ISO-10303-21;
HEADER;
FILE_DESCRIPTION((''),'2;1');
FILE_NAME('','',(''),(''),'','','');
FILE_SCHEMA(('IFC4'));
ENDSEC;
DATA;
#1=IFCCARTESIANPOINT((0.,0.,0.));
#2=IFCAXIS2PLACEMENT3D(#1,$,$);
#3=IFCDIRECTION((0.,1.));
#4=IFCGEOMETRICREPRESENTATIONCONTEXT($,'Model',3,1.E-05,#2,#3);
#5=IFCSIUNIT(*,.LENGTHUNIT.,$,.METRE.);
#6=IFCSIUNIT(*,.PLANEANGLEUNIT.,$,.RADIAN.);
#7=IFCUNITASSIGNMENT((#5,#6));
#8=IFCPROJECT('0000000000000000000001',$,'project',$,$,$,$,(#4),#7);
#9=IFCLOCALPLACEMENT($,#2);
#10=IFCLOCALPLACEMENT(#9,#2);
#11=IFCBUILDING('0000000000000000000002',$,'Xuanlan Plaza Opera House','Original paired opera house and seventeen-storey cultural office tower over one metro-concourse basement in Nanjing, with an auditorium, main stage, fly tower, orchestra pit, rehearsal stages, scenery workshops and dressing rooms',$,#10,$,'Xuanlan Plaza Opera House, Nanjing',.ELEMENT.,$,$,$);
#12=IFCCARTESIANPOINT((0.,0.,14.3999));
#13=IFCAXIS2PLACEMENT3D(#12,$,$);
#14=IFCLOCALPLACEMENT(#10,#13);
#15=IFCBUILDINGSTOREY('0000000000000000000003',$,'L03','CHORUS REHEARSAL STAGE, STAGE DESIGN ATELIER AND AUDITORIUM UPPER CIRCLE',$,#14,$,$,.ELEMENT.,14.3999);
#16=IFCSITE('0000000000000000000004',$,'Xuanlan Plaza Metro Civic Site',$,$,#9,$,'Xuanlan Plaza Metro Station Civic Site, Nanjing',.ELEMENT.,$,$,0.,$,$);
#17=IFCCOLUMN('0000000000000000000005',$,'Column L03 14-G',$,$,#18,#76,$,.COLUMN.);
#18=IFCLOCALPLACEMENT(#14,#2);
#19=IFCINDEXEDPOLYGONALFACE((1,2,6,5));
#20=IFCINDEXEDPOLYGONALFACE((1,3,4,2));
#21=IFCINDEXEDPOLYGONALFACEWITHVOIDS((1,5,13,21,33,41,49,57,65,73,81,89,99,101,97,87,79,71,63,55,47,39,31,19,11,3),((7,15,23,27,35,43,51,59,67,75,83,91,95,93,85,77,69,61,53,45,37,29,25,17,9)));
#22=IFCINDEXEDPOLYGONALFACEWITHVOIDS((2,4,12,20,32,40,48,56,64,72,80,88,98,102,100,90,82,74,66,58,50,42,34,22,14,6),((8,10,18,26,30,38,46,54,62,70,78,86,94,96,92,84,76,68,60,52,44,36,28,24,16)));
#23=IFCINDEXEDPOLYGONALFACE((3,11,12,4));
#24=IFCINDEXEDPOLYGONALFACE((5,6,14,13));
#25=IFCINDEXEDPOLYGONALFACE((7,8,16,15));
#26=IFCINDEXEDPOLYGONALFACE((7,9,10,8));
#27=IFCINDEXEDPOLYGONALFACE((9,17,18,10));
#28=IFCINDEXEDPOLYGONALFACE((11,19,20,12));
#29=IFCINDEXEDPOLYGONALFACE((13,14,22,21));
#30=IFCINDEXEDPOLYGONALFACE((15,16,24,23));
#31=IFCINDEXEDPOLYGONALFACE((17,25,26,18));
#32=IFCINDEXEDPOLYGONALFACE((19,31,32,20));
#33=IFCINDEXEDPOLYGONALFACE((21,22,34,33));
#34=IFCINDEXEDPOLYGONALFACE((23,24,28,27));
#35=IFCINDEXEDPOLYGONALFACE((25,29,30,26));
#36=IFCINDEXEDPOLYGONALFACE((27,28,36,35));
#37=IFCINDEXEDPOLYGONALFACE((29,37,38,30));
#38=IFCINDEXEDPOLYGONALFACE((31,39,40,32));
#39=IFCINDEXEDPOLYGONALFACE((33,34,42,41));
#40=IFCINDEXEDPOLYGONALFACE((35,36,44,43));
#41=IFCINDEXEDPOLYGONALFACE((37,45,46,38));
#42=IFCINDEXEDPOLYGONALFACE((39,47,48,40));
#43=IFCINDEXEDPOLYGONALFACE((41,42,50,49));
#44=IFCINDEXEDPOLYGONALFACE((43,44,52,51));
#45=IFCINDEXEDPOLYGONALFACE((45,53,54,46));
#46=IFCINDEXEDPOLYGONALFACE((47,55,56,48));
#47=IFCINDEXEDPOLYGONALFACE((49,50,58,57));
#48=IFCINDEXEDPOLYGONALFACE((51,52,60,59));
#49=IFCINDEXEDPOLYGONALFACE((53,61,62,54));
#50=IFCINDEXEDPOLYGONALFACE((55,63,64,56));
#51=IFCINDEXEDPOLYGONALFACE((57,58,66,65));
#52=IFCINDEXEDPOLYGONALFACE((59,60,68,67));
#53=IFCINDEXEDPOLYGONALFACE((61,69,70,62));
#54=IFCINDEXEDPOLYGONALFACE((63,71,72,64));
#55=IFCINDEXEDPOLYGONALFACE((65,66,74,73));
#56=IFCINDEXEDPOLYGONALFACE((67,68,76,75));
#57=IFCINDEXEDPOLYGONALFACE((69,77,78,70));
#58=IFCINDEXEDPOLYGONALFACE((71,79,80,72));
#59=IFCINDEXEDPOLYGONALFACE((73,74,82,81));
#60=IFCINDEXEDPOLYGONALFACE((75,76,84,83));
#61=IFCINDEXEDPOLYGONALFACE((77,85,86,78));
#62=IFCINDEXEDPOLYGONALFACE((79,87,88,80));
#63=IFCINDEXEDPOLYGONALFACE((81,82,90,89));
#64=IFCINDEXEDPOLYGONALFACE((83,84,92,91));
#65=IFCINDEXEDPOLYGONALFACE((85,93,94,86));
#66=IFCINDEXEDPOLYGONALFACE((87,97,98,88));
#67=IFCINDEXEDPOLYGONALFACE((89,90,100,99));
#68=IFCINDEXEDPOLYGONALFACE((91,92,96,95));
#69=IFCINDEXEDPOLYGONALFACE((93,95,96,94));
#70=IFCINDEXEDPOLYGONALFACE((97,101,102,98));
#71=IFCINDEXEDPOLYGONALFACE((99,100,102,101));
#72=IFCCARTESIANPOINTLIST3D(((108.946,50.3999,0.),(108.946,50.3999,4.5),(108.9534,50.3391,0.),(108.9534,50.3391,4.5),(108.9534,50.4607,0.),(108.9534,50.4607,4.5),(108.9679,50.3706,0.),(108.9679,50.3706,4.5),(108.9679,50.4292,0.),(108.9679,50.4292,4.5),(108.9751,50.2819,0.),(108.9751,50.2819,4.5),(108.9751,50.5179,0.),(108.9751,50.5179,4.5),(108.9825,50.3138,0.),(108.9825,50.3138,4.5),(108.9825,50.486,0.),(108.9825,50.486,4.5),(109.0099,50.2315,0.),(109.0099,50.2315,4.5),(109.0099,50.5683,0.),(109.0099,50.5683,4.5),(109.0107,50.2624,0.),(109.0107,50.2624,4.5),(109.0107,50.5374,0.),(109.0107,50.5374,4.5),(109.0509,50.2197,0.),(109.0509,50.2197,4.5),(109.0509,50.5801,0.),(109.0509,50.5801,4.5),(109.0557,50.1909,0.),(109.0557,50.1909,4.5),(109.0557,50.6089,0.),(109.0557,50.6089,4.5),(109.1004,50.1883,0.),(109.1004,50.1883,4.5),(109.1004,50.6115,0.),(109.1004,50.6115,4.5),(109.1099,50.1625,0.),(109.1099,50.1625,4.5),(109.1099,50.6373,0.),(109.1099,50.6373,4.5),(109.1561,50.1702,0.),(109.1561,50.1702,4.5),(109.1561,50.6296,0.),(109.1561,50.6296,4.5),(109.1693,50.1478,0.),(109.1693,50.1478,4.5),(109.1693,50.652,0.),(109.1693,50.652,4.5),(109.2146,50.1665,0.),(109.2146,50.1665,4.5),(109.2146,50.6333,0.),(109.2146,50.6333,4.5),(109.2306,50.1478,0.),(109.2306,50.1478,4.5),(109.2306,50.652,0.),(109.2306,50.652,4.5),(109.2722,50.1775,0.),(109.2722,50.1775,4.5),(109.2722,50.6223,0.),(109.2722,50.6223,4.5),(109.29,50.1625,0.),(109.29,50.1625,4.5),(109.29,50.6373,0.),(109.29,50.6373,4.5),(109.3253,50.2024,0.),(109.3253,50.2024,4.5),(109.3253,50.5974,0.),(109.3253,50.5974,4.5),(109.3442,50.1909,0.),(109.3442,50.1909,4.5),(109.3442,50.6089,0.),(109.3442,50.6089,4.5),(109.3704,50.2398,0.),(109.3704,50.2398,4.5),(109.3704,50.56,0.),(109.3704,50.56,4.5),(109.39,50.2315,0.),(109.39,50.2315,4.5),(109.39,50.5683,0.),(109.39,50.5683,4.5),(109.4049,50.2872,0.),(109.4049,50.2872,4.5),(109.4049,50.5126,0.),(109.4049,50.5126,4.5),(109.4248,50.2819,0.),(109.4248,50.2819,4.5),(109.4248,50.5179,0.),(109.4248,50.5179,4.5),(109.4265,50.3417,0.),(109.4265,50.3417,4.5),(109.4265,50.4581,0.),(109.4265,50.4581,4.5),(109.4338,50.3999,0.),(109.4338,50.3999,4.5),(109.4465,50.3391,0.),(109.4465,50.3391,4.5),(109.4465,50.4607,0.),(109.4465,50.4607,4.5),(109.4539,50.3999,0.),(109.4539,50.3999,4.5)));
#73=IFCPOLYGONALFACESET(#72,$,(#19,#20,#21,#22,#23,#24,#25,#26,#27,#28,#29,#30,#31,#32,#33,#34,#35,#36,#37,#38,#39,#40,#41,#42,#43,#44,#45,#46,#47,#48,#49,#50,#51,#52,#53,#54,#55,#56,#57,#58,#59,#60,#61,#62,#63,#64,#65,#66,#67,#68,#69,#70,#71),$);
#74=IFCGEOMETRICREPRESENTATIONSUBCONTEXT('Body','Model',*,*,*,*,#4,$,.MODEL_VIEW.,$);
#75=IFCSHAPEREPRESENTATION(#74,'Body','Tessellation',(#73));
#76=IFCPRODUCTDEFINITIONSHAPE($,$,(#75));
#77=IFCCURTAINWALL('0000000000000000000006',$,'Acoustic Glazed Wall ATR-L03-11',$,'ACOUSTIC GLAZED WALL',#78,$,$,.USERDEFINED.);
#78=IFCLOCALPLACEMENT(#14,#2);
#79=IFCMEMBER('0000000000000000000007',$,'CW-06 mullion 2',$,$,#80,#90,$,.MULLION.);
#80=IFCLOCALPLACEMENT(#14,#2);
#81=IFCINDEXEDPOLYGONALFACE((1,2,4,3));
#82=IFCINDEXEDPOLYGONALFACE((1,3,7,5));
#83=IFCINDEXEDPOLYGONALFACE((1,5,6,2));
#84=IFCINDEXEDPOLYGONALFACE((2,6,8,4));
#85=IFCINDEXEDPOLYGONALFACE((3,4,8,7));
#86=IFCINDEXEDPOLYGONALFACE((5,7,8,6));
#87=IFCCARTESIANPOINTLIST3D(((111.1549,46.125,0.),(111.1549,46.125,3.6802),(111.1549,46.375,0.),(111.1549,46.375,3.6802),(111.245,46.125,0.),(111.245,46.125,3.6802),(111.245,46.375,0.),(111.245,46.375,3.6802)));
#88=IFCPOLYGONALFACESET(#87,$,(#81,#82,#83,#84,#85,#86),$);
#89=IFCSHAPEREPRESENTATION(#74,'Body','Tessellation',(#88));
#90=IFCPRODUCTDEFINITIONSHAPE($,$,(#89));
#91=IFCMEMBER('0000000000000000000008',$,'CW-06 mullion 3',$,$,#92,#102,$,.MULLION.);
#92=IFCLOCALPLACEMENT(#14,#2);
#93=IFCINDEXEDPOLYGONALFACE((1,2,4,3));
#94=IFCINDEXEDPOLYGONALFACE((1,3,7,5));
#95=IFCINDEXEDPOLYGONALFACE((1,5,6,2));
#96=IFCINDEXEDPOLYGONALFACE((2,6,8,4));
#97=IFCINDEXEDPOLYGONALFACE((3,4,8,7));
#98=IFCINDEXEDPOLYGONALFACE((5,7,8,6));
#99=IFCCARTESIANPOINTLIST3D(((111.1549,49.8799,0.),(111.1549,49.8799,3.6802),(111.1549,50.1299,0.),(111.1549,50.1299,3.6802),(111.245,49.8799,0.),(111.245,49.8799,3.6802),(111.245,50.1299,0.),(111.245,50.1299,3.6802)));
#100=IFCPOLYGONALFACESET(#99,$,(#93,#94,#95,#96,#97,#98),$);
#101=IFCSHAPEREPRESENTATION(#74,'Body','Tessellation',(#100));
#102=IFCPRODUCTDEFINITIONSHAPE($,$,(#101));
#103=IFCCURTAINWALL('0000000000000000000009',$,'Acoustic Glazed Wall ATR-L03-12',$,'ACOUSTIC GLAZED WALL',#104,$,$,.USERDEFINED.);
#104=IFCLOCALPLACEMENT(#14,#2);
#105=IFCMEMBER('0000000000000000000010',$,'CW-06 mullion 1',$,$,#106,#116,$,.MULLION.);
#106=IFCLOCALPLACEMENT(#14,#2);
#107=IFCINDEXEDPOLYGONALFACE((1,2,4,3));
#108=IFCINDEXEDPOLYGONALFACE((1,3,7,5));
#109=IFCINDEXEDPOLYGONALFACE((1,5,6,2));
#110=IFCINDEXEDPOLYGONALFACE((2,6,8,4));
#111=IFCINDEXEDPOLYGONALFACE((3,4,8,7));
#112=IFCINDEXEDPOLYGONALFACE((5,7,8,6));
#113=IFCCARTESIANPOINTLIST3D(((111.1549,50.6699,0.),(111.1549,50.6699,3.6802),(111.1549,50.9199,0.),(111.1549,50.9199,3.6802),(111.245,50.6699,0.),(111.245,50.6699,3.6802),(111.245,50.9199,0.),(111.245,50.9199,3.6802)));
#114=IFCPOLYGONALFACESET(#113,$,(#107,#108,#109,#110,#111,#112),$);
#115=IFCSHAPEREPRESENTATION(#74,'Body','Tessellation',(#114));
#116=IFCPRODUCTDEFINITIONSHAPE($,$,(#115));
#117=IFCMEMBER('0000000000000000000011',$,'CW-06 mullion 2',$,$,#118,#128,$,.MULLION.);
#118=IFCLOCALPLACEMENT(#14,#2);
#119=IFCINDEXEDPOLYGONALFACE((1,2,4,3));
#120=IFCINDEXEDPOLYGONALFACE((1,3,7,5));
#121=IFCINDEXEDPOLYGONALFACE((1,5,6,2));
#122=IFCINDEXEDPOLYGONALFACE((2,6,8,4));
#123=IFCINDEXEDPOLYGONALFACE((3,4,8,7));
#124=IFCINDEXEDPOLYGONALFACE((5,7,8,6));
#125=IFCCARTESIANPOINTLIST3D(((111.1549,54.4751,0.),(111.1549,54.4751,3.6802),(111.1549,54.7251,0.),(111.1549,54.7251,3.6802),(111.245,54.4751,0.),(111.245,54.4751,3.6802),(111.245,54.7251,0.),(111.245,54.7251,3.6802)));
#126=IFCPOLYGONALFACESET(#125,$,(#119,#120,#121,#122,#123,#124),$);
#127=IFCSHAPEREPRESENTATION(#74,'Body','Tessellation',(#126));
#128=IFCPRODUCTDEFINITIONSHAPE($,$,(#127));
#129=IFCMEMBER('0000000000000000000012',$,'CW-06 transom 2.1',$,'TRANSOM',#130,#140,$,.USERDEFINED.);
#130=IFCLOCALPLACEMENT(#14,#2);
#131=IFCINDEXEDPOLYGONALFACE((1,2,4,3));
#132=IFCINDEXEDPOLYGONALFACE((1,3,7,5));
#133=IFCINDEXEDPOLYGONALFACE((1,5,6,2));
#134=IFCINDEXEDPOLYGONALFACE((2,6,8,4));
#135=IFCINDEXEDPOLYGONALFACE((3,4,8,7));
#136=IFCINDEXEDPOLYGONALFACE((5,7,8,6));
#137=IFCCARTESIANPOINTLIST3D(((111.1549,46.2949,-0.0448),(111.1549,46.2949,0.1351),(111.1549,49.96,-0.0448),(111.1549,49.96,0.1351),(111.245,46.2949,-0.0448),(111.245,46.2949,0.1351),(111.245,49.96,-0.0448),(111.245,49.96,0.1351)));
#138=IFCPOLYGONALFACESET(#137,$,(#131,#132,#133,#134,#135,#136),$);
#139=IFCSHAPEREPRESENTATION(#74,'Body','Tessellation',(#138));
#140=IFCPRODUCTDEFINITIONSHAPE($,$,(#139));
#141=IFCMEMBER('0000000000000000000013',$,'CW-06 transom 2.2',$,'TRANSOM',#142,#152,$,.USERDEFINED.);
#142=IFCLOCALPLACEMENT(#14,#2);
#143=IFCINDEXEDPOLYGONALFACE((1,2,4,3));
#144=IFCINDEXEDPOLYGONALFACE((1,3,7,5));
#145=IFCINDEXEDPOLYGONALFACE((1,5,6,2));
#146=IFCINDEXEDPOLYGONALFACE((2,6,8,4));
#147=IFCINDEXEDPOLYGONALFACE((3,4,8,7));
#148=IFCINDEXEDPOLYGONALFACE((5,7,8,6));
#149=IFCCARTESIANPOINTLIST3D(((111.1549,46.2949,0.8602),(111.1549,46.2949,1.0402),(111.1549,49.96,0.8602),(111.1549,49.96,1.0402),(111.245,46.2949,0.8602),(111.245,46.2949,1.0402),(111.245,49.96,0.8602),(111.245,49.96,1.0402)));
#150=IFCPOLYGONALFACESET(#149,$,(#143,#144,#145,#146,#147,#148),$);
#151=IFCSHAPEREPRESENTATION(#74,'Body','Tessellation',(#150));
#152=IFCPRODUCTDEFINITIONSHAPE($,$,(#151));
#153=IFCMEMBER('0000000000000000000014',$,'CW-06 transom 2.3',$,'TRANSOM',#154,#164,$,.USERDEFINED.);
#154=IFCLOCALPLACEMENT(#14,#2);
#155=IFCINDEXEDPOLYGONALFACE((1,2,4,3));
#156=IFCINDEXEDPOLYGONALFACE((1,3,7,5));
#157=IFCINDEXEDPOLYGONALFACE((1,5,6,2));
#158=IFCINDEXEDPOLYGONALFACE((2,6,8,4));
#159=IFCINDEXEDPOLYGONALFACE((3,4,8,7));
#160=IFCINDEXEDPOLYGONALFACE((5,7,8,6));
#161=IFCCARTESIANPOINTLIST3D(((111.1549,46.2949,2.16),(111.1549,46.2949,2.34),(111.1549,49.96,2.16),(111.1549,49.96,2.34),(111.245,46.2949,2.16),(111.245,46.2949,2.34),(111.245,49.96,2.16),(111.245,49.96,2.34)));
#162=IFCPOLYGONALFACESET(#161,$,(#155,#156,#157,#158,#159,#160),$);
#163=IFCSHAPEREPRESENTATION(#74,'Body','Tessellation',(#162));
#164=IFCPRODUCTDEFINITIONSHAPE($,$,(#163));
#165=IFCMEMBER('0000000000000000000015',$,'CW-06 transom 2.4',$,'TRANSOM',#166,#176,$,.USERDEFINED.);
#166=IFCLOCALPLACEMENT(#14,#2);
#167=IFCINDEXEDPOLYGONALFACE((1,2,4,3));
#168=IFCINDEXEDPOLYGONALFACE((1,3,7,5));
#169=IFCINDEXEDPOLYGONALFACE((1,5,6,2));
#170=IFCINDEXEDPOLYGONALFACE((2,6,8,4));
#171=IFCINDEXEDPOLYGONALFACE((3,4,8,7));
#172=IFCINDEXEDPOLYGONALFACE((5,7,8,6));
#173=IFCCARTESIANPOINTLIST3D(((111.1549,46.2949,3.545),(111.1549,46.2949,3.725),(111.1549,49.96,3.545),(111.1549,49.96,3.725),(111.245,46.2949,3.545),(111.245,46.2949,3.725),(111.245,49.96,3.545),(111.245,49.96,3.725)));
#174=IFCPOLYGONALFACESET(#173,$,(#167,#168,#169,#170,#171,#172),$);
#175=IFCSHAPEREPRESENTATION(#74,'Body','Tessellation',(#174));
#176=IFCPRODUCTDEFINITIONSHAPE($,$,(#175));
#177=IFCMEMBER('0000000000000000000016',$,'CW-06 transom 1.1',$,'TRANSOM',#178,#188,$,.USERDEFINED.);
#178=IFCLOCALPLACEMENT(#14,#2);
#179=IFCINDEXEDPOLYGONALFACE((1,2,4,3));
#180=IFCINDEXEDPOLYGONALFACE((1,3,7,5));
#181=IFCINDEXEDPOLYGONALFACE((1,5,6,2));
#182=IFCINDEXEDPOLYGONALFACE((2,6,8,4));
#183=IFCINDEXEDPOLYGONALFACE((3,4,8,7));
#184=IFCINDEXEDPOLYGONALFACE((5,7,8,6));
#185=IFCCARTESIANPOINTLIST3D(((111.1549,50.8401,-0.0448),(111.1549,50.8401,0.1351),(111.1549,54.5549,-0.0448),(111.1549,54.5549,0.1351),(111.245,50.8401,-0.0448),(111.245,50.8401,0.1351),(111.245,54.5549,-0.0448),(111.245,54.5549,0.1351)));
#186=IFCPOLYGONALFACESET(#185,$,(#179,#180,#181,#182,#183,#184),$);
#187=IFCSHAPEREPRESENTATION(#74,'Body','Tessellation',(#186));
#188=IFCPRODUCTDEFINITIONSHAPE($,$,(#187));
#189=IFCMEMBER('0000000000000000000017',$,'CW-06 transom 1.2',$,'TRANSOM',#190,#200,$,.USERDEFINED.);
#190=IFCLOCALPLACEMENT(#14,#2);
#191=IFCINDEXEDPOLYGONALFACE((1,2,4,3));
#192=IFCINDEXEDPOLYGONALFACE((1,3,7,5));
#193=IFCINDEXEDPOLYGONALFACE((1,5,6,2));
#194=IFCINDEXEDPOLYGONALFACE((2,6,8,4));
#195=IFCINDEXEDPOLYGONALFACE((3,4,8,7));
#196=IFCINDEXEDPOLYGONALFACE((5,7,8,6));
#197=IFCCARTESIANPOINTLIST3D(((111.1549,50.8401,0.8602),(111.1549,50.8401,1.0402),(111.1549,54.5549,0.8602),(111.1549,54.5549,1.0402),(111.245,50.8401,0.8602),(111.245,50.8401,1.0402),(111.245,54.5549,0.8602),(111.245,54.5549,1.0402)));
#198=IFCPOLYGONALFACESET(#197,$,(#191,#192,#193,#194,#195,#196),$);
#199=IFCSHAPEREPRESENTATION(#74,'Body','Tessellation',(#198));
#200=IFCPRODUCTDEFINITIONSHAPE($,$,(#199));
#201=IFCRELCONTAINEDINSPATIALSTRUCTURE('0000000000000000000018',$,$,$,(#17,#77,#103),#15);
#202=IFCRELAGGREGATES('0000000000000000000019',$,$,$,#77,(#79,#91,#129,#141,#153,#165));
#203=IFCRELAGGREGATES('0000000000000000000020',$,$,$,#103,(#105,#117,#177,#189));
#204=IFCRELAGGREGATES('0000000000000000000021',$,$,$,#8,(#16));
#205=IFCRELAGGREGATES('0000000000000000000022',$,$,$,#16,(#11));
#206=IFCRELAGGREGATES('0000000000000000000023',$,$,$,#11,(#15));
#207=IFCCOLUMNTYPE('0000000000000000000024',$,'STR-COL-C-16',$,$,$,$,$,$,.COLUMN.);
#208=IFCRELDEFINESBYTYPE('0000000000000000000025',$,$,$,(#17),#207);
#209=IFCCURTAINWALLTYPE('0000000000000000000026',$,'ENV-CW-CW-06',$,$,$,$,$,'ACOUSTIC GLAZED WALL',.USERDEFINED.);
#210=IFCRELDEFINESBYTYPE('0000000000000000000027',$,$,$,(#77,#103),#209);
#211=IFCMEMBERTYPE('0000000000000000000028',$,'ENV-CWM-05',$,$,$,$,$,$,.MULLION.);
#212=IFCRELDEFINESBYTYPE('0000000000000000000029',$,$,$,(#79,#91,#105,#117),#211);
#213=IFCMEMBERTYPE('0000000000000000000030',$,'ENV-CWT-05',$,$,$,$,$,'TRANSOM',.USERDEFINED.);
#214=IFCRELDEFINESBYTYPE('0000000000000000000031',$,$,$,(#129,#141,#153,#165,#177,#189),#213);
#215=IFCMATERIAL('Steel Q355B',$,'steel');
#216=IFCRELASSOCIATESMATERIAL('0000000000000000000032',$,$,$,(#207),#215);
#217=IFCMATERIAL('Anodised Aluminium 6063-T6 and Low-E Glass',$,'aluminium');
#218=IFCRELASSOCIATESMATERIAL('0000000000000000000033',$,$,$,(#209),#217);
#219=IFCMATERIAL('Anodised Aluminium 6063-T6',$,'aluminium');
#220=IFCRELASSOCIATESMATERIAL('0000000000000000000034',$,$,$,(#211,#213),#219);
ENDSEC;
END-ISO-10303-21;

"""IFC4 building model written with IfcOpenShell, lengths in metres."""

from ifc_helpers import new_model, si_unit, direction, frame, origin, origin_2d, place, context, subcontext, project, spatial, rectangle, hollow_circle, extrude, material, material_profile, profile_set, type_object, element, aggregate, save


model = new_model("IFC4")

# Units and contexts
model_context = context("Model", 3, precision=1e-05, world=origin(), true_north=direction((0.0, 1.0)))
body_context = subcontext(model_context, "Body", "Model", "MODEL_VIEW")
ifc_project = project(units=[si_unit("LENGTHUNIT", "METRE"), si_unit("PLANEANGLEUNIT", "RADIAN")], contexts=[model_context])

# Site, building, storey
site_placement = place(None, origin())
site = spatial("IfcSite", under=ifc_project, at=site_placement, Name="Xuanlan Plaza Metro Civic Site", LongName="Xuanlan Plaza Metro Station Civic Site, Nanjing", CompositionType="ELEMENT", RefElevation=0.0)
building_placement = place(site_placement, origin())
building = spatial("IfcBuilding", under=site, at=building_placement, Name="Xuanlan Plaza Opera House", Description="Original paired opera house and seventeen-storey cultural office tower over one metro-concourse basement in Nanjing, with an auditorium, main stage, fly tower, orchestra pit, rehearsal stages, scenery workshops and dressing rooms", LongName="Xuanlan Plaza Opera House, Nanjing", CompositionType="ELEMENT")
storey_placement = place(building_placement, frame((0.0, 0.0, 14.3999)))
storey = spatial("IfcBuildingStorey", under=building, at=storey_placement, Name="L03", Description="CHORUS REHEARSAL STAGE, STAGE DESIGN ATELIER AND AUDITORIUM UPPER CIRCLE", CompositionType="ELEMENT", Elevation=14.3999)

# Column
ifc_material_1 = material(Name="Steel Q355B", Category="steel")
ifc_material_profile_1 = material_profile(ifc_material_1, hollow_circle(Radius=0.2539, WallThickness=0.02, at=origin_2d()), Name="CHS 508x20")
ifc_profile_set_1 = profile_set([ifc_material_profile_1], Name="Steel Q355B")
column_type = type_object("IfcColumnType", Name="STR-COL-C-16", PredefinedType="COLUMN", material=ifc_profile_set_1)
column_placement = place(storey_placement, frame((109.2, 50.3999, 0.0), z_axis=(0.0, 0.0, 1.0), x_axis=(1.0, 0.0, 0.0)))
element("IfcColumn", 1, at=column_placement, inside=storey, type_object=column_type, Name="Column L03 14-G", PredefinedType="COLUMN", context=body_context, shape_type="SweptSolid", body=[
    extrude(hollow_circle(Radius=0.2539, WallThickness=0.02, at=origin_2d()), origin(), (0.0, 0.0, 1.0), 4.5),
])

# Curtain walls, members
ifc_material_2 = material(Name="Anodised Aluminium 6063-T6 and Low-E Glass", Category="aluminium")
curtain_wall_type = type_object("IfcCurtainWallType", Name="ENV-CW-CW-06", ElementType="ACOUSTIC GLAZED WALL", PredefinedType="USERDEFINED", material=ifc_material_2)
curtain_wall_1_placement = place(storey_placement, origin())
curtain_wall_1 = element("IfcCurtainWall", 2, at=curtain_wall_1_placement, inside=storey, type_object=curtain_wall_type, Name="Acoustic Glazed Wall ATR-L03-11", ObjectType="ACOUSTIC GLAZED WALL", PredefinedType="USERDEFINED")
ifc_material_3 = material(Name="Anodised Aluminium 6063-T6", Category="aluminium")
ifc_material_profile_2 = material_profile(ifc_material_3, rectangle(XDim=0.0901, YDim=0.25, at=origin_2d()), Name="ALU-M 90x250")
ifc_profile_set_2 = profile_set([ifc_material_profile_2], Name="Anodised Aluminium 6063-T6")
member_type_1 = type_object("IfcMemberType", Name="ENV-CWM-05", PredefinedType="MULLION", material=ifc_profile_set_2)
member_1_placement = place(storey_placement, frame((111.2, 46.25, 0.0), z_axis=(0.0, 0.0, 1.0), x_axis=(-1.0, 0.0, 0.0)))
member_1 = element("IfcMember", 3, at=member_1_placement, type_object=member_type_1, Name="CW-06 mullion 2", PredefinedType="MULLION", context=body_context, shape_type="SweptSolid", body=[
    extrude(rectangle(XDim=0.0901, YDim=0.25, at=origin_2d()), origin(), (0.0, 0.0, 1.0), 3.6802),
])
member_2_placement = place(storey_placement, frame((111.2, 50.0049, 0.0), z_axis=(0.0, 0.0, 1.0), x_axis=(-1.0, 0.0, 0.0)))
member_2 = element("IfcMember", 4, at=member_2_placement, type_object=member_type_1, Name="CW-06 mullion 3", PredefinedType="MULLION", context=body_context, shape_type="SweptSolid", body=[
    extrude(rectangle(XDim=0.0901, YDim=0.25, at=origin_2d()), origin(), (0.0, 0.0, 1.0), 3.6802),
])
curtain_wall_2_placement = place(storey_placement, origin())
curtain_wall_2 = element("IfcCurtainWall", 5, at=curtain_wall_2_placement, inside=storey, type_object=curtain_wall_type, Name="Acoustic Glazed Wall ATR-L03-12", ObjectType="ACOUSTIC GLAZED WALL", PredefinedType="USERDEFINED")
member_3_placement = place(storey_placement, frame((111.2, 50.7949, 0.0), z_axis=(0.0, 0.0, 1.0), x_axis=(-1.0, 0.0, 0.0)))
member_3 = element("IfcMember", 6, at=member_3_placement, type_object=member_type_1, Name="CW-06 mullion 1", PredefinedType="MULLION", context=body_context, shape_type="SweptSolid", body=[
    extrude(rectangle(XDim=0.0901, YDim=0.25, at=origin_2d()), origin(), (0.0, 0.0, 1.0), 3.6802),
])
member_4_placement = place(storey_placement, frame((111.2, 54.6001, 0.0), z_axis=(0.0, 0.0, 1.0), x_axis=(-1.0, 0.0, 0.0)))
member_4 = element("IfcMember", 7, at=member_4_placement, type_object=member_type_1, Name="CW-06 mullion 2", PredefinedType="MULLION", context=body_context, shape_type="SweptSolid", body=[
    extrude(rectangle(XDim=0.0901, YDim=0.25, at=origin_2d()), origin(), (0.0, 0.0, 1.0), 3.6802),
])

# Members
ifc_material_profile_3 = material_profile(ifc_material_3, rectangle(XDim=0.0901, YDim=0.1799, at=origin_2d()), Name="ALU-T 90x180")
ifc_profile_set_3 = profile_set([ifc_material_profile_3], Name="Anodised Aluminium 6063-T6")
member_type_2 = type_object("IfcMemberType", Name="ENV-CWT-05", ElementType="TRANSOM", PredefinedType="USERDEFINED", material=ifc_profile_set_3)
member_5_placement = place(storey_placement, frame((111.2, 46.2949, 0.0452), z_axis=(0.0, 1.0, 0.0), x_axis=(-1.0, 0.0, 0.0)))
member_5 = element("IfcMember", 8, at=member_5_placement, type_object=member_type_2, Name="CW-06 transom 2.1", ObjectType="TRANSOM", PredefinedType="USERDEFINED", context=body_context, shape_type="SweptSolid", body=[
    extrude(rectangle(XDim=0.0901, YDim=0.1799, at=origin_2d()), origin(), (0.0, 0.0, 1.0), 3.665),
])
member_6_placement = place(storey_placement, frame((111.2, 46.2949, 0.9502), z_axis=(0.0, 1.0, 0.0), x_axis=(-1.0, 0.0, 0.0)))
member_6 = element("IfcMember", 9, at=member_6_placement, type_object=member_type_2, Name="CW-06 transom 2.2", ObjectType="TRANSOM", PredefinedType="USERDEFINED", context=body_context, shape_type="SweptSolid", body=[
    extrude(rectangle(XDim=0.0901, YDim=0.1799, at=origin_2d()), origin(), (0.0, 0.0, 1.0), 3.665),
])
member_7_placement = place(storey_placement, frame((111.2, 46.2949, 2.25), z_axis=(0.0, 1.0, 0.0), x_axis=(-1.0, 0.0, 0.0)))
member_7 = element("IfcMember", 10, at=member_7_placement, type_object=member_type_2, Name="CW-06 transom 2.3", ObjectType="TRANSOM", PredefinedType="USERDEFINED", context=body_context, shape_type="SweptSolid", body=[
    extrude(rectangle(XDim=0.0901, YDim=0.1799, at=origin_2d()), origin(), (0.0, 0.0, 1.0), 3.665),
])
member_8_placement = place(storey_placement, frame((111.2, 46.2949, 3.635), z_axis=(0.0, 1.0, 0.0), x_axis=(-1.0, 0.0, 0.0)))
member_8 = element("IfcMember", 11, at=member_8_placement, type_object=member_type_2, Name="CW-06 transom 2.4", ObjectType="TRANSOM", PredefinedType="USERDEFINED", context=body_context, shape_type="SweptSolid", body=[
    extrude(rectangle(XDim=0.0901, YDim=0.1799, at=origin_2d()), origin(), (0.0, 0.0, 1.0), 3.665),
])
member_9_placement = place(storey_placement, frame((111.2, 50.8401, 0.0452), z_axis=(0.0, 1.0, 0.0), x_axis=(-1.0, 0.0, 0.0)))
member_9 = element("IfcMember", 12, at=member_9_placement, type_object=member_type_2, Name="CW-06 transom 1.1", ObjectType="TRANSOM", PredefinedType="USERDEFINED", context=body_context, shape_type="SweptSolid", body=[
    extrude(rectangle(XDim=0.0901, YDim=0.1799, at=origin_2d()), origin(), (0.0, 0.0, 1.0), 3.7148),
])
member_10_placement = place(storey_placement, frame((111.2, 50.8401, 0.9502), z_axis=(0.0, 1.0, 0.0), x_axis=(-1.0, 0.0, 0.0)))
member_10 = element("IfcMember", 13, at=member_10_placement, type_object=member_type_2, Name="CW-06 transom 1.2", ObjectType="TRANSOM", PredefinedType="USERDEFINED", context=body_context, shape_type="SweptSolid", body=[
    extrude(rectangle(XDim=0.0901, YDim=0.1799, at=origin_2d()), origin(), (0.0, 0.0, 1.0), 3.7148),
])

aggregate(curtain_wall_1, [member_1, member_2, member_5, member_6, member_7, member_8])
aggregate(curtain_wall_2, [member_3, member_4, member_9, member_10])

save(model, "model.ifc")
